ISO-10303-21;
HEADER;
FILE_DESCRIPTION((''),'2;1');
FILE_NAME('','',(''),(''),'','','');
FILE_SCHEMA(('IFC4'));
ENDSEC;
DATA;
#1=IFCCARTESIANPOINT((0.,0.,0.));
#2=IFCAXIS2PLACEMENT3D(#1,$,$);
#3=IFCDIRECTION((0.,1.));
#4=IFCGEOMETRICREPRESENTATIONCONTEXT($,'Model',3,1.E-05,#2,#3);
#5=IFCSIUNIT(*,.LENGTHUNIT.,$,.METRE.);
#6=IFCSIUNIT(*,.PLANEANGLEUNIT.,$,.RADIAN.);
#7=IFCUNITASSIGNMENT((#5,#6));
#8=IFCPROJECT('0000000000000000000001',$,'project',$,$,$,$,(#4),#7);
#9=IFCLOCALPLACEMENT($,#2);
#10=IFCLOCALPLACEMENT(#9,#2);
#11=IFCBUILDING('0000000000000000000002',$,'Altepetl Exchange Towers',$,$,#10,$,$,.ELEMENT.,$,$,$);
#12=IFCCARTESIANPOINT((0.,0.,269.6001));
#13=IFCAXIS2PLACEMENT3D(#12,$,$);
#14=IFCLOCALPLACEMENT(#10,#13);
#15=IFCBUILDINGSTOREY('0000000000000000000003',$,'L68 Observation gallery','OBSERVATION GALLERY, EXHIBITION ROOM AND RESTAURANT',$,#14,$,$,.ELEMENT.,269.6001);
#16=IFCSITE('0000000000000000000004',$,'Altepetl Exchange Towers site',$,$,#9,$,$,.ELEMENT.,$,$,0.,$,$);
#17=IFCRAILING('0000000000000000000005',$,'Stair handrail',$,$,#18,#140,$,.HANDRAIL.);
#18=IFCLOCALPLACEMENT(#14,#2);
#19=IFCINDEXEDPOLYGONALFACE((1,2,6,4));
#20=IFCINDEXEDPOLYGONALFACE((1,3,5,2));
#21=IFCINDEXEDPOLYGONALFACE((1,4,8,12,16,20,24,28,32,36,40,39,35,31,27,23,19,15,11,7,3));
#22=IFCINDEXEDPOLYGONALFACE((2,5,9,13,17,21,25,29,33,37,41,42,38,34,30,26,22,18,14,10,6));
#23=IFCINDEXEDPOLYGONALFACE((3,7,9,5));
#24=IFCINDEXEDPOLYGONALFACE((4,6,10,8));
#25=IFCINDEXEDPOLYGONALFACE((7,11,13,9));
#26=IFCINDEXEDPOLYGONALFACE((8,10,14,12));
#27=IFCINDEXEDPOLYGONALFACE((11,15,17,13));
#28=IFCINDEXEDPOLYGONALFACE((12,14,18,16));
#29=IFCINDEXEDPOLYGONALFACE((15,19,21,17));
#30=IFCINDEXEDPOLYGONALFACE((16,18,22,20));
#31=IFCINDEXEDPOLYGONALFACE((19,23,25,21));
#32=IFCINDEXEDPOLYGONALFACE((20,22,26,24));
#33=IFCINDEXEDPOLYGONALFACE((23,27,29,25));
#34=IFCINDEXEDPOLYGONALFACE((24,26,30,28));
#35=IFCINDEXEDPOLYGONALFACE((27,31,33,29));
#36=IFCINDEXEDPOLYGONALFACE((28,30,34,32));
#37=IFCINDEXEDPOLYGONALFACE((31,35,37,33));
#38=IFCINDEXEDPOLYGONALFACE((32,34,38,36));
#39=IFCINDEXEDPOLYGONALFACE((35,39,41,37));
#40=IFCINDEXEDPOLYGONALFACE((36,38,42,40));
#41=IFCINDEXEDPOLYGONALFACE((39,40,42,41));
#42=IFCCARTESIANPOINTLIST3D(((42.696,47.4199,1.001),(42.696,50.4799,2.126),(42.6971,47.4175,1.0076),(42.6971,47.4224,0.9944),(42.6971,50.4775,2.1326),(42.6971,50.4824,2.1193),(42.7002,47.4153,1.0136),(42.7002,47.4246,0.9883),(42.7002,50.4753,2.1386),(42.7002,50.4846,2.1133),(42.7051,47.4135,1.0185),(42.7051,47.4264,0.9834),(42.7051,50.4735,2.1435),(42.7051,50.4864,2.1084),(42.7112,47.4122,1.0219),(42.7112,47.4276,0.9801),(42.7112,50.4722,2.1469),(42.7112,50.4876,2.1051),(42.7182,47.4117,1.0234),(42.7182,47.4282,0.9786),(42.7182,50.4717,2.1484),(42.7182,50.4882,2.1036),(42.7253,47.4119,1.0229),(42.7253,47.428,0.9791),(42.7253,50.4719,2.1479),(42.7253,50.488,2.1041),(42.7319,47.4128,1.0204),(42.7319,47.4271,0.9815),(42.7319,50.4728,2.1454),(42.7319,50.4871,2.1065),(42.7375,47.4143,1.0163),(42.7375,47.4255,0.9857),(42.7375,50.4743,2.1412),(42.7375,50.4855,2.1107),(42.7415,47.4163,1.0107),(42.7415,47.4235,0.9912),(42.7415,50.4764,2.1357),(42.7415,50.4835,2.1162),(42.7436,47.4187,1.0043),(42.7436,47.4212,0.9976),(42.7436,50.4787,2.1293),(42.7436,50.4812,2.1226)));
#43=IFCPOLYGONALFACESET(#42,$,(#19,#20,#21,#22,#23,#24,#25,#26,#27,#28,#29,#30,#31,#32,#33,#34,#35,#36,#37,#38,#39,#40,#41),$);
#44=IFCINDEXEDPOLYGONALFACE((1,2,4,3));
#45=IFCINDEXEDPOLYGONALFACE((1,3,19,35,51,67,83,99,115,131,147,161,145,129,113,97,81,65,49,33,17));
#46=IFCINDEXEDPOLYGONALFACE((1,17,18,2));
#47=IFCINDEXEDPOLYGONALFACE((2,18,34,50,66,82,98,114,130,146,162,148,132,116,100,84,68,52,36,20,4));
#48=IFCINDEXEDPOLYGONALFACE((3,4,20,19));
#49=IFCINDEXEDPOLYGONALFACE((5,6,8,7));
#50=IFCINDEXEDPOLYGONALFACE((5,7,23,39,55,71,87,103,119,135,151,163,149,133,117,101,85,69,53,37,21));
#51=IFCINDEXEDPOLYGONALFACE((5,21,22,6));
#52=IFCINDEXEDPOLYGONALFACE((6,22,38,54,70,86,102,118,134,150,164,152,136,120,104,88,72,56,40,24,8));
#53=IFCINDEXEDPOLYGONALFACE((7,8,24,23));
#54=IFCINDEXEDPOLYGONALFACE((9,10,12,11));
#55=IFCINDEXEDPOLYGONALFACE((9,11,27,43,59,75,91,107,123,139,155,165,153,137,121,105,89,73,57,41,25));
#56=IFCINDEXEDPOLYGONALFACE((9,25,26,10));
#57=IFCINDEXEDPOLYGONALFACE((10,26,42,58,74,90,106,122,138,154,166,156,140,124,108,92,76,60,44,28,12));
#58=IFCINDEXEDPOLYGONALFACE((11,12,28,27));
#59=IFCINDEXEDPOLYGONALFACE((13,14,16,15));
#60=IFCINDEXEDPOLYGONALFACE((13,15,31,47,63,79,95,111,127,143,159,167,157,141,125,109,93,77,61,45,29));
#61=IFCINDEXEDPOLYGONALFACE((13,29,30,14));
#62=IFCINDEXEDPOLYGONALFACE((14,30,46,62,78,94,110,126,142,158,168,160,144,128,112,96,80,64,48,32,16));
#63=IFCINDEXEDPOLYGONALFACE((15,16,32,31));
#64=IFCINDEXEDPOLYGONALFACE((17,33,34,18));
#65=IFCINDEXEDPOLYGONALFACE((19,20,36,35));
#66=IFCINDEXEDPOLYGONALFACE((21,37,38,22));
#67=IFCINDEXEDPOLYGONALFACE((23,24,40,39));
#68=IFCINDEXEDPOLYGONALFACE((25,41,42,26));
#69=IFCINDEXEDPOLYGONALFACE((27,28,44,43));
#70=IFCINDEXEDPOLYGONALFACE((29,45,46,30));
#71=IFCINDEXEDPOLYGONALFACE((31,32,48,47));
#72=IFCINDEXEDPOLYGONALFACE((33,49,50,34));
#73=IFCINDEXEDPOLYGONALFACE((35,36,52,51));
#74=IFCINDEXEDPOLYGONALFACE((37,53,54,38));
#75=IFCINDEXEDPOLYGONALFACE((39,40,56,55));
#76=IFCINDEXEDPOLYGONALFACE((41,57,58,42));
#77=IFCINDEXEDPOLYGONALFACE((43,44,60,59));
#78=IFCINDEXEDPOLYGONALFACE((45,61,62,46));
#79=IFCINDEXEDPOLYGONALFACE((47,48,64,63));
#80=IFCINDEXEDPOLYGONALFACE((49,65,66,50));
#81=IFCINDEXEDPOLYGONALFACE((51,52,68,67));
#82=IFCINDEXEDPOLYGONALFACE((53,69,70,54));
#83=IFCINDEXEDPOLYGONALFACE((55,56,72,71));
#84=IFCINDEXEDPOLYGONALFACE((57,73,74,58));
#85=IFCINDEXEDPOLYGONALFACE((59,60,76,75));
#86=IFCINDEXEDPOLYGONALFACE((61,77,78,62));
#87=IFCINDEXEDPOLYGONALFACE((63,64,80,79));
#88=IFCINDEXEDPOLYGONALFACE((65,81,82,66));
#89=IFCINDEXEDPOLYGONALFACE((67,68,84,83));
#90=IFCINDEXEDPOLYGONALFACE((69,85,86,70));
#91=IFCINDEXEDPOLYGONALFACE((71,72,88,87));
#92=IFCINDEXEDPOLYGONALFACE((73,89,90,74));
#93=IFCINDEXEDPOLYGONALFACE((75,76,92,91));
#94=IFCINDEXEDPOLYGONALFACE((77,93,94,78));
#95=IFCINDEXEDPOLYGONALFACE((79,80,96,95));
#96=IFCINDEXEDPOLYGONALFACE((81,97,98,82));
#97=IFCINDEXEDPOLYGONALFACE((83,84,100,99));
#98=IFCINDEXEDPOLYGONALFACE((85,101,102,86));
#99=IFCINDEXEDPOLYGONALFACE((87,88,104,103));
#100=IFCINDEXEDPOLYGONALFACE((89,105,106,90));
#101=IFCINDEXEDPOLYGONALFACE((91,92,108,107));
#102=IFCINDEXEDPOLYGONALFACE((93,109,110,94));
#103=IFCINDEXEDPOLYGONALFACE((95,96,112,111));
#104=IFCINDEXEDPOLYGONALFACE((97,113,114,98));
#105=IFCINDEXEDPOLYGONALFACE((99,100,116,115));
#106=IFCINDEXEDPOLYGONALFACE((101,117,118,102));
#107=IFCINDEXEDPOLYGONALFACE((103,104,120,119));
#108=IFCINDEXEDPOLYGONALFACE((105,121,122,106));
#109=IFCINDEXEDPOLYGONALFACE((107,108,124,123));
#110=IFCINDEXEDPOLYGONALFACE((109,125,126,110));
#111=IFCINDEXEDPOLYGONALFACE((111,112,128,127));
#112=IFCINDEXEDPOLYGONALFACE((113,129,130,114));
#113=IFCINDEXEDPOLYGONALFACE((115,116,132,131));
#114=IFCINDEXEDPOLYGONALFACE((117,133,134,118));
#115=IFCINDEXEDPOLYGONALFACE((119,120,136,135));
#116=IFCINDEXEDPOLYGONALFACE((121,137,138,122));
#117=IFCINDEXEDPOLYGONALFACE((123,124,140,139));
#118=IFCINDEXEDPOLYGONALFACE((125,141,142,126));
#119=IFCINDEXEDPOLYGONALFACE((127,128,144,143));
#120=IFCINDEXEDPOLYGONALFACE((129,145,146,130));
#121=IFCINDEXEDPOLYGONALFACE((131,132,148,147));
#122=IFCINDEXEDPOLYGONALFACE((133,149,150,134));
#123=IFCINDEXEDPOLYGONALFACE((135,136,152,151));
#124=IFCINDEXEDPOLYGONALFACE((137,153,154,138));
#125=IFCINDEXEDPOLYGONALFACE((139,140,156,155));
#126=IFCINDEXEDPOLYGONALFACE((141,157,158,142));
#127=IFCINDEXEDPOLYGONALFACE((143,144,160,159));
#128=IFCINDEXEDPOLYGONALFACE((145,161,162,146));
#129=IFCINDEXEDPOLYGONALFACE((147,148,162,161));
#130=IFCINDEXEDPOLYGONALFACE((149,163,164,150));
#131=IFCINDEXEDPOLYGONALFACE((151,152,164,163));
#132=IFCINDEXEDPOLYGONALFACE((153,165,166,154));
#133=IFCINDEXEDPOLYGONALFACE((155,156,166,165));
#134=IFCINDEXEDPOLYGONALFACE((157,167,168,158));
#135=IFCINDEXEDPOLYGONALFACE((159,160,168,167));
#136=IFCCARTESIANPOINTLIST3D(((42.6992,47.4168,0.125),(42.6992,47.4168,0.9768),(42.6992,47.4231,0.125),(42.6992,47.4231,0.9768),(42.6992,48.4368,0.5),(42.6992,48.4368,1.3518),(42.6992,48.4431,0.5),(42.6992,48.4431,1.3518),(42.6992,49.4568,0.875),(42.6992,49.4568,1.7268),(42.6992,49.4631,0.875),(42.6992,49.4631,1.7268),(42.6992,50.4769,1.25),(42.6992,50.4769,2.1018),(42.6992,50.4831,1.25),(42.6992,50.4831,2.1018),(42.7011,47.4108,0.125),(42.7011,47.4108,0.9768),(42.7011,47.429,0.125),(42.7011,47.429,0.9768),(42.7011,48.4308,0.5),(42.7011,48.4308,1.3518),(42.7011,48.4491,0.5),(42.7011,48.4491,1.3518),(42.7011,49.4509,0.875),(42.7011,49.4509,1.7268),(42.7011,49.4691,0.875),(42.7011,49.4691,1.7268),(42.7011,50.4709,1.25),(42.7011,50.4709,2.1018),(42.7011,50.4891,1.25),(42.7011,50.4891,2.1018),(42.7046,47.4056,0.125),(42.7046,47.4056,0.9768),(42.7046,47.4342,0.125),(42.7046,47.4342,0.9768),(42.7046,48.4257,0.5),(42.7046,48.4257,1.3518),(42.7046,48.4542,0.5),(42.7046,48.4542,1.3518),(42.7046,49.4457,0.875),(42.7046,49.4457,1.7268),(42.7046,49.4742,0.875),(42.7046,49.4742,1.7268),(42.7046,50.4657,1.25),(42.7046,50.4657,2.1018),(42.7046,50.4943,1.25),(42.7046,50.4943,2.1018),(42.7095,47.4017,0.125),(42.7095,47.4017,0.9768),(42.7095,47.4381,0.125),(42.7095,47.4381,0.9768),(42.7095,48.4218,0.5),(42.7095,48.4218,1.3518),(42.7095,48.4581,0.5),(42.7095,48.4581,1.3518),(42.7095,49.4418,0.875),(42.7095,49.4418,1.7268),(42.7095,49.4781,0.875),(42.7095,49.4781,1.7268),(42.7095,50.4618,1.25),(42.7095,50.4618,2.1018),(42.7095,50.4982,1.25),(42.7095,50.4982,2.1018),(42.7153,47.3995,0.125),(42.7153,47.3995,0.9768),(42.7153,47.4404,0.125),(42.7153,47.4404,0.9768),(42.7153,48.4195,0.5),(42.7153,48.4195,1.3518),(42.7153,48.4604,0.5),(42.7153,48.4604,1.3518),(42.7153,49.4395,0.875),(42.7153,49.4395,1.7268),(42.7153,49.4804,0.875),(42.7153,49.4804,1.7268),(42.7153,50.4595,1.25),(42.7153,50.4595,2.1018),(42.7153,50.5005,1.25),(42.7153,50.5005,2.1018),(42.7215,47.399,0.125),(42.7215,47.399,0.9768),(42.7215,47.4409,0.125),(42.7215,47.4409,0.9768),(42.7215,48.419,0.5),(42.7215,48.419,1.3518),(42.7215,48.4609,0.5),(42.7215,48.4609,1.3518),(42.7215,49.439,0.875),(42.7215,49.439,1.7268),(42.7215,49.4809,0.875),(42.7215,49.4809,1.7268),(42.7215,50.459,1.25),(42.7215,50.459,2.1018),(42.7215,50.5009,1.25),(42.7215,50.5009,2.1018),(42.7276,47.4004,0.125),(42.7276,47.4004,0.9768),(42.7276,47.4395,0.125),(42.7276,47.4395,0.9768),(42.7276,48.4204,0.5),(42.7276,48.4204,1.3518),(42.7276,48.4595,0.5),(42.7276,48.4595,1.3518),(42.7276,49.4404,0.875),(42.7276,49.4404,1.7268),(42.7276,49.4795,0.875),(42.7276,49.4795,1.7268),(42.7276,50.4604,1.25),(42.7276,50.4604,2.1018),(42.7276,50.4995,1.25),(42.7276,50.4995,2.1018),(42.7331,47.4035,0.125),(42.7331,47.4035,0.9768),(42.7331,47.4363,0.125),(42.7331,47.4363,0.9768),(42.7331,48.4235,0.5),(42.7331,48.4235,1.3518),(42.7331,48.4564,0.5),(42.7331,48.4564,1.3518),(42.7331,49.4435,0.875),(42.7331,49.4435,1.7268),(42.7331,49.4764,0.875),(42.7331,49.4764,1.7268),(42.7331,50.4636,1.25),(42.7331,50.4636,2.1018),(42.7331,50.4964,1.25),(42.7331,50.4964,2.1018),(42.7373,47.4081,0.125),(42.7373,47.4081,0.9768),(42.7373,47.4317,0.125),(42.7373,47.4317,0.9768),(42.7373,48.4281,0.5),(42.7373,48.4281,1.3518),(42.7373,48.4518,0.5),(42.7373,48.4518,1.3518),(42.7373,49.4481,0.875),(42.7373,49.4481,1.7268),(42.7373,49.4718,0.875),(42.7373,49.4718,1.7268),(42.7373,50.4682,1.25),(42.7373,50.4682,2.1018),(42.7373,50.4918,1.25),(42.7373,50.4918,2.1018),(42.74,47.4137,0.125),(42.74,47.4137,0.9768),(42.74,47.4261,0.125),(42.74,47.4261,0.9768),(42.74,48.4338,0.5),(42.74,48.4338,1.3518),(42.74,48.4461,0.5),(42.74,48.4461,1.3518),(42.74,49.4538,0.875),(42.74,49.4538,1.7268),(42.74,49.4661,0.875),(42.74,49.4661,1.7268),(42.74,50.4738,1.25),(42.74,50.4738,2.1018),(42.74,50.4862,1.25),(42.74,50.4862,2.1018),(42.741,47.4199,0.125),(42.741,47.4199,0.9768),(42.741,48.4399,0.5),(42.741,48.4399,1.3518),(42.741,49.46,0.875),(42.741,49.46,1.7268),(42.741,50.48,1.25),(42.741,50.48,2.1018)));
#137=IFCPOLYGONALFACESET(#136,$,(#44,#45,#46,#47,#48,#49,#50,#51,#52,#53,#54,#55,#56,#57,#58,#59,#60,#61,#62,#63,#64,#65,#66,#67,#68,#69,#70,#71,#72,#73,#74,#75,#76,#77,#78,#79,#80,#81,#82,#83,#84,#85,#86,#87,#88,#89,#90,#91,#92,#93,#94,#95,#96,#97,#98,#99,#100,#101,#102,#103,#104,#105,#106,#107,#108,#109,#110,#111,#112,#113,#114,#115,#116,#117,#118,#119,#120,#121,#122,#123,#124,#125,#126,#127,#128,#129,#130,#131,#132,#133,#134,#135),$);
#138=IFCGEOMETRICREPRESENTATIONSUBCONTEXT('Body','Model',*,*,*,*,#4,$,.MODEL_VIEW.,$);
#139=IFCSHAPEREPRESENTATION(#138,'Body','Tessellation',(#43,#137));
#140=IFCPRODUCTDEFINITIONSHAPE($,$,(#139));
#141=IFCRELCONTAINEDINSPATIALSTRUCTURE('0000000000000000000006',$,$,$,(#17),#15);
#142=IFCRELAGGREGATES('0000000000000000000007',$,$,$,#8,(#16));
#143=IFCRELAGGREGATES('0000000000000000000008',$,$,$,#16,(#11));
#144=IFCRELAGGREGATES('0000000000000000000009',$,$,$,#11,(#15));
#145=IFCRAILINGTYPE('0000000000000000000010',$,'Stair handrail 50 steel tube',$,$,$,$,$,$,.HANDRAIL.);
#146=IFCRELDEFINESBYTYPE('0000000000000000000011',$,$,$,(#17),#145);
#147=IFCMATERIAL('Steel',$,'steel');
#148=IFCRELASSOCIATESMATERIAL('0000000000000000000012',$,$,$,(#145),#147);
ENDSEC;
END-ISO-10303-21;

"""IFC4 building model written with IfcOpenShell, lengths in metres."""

from ifc_helpers import new_model, si_unit, direction, frame, origin, origin_2d, place, context, subcontext, project, spatial, circle, extrude, source, transform, mapped, material, type_object, element, save


model = new_model("IFC4")

# Units and contexts
model_context = context("Model", 3, precision=1e-05, world=origin(), true_north=direction((0.0, 1.0)))
body_context = subcontext(model_context, "Body", "Model", "MODEL_VIEW")
ifc_project = project(units=[si_unit("LENGTHUNIT", "METRE"), si_unit("PLANEANGLEUNIT", "RADIAN")], contexts=[model_context])

# Site, building, storey
site_placement = place(None, origin())
site = spatial("IfcSite", under=ifc_project, at=site_placement, Name="Altepetl Exchange Towers site", CompositionType="ELEMENT", RefElevation=0.0)
building_placement = place(site_placement, origin())
building = spatial("IfcBuilding", under=site, at=building_placement, Name="Altepetl Exchange Towers", CompositionType="ELEMENT")
storey_placement = place(building_placement, frame((0.0, 0.0, 269.6001)))
storey = spatial("IfcBuildingStorey", under=building, at=storey_placement, Name="L68 Observation gallery", Description="OBSERVATION GALLERY, EXHIBITION ROOM AND RESTAURANT", CompositionType="ELEMENT", Elevation=269.6001)

# Railing
ifc_material_1 = material(Name="Steel", Category="steel")
railing_type = type_object("IfcRailingType", Name="Stair handrail 50 steel tube", PredefinedType="HANDRAIL", material=ifc_material_1)
shared_shape = source(origin(), body_context, "Body", "SweptSolid", [
    extrude(circle(Radius=0.021, at=origin_2d()), origin(), (0.0, 0.0, 1.0), 0.8518),
])
for number, where, name in (
    (1, (42.72, 47.4199, 0.125), "Stair handrail"),
):
    element("IfcRailing", number, at=place(storey_placement, frame(where)), inside=storey, type_object=railing_type, Name=name, PredefinedType="HANDRAIL", context=body_context, shape_type="SweptSolid", body=[
        extrude(circle(Radius=0.0239, at=origin_2d()), frame((0.0, 0.0, 0.876), z_axis=(0.0, 0.938581, 0.34506), x_axis=(-1.0, 0.0, 0.0)), (0.0, 0.0, 1.0), 3.2603),
        mapped(shared_shape, transform((0.0, 0.0, 0.0))),
        mapped(shared_shape, transform((0.0, 1.02, 0.375))),
        mapped(shared_shape, transform((0.0, 2.04, 0.75))),
        mapped(shared_shape, transform((0.0, 3.0601, 1.125))),
    ])

save(model, "model.ifc")
